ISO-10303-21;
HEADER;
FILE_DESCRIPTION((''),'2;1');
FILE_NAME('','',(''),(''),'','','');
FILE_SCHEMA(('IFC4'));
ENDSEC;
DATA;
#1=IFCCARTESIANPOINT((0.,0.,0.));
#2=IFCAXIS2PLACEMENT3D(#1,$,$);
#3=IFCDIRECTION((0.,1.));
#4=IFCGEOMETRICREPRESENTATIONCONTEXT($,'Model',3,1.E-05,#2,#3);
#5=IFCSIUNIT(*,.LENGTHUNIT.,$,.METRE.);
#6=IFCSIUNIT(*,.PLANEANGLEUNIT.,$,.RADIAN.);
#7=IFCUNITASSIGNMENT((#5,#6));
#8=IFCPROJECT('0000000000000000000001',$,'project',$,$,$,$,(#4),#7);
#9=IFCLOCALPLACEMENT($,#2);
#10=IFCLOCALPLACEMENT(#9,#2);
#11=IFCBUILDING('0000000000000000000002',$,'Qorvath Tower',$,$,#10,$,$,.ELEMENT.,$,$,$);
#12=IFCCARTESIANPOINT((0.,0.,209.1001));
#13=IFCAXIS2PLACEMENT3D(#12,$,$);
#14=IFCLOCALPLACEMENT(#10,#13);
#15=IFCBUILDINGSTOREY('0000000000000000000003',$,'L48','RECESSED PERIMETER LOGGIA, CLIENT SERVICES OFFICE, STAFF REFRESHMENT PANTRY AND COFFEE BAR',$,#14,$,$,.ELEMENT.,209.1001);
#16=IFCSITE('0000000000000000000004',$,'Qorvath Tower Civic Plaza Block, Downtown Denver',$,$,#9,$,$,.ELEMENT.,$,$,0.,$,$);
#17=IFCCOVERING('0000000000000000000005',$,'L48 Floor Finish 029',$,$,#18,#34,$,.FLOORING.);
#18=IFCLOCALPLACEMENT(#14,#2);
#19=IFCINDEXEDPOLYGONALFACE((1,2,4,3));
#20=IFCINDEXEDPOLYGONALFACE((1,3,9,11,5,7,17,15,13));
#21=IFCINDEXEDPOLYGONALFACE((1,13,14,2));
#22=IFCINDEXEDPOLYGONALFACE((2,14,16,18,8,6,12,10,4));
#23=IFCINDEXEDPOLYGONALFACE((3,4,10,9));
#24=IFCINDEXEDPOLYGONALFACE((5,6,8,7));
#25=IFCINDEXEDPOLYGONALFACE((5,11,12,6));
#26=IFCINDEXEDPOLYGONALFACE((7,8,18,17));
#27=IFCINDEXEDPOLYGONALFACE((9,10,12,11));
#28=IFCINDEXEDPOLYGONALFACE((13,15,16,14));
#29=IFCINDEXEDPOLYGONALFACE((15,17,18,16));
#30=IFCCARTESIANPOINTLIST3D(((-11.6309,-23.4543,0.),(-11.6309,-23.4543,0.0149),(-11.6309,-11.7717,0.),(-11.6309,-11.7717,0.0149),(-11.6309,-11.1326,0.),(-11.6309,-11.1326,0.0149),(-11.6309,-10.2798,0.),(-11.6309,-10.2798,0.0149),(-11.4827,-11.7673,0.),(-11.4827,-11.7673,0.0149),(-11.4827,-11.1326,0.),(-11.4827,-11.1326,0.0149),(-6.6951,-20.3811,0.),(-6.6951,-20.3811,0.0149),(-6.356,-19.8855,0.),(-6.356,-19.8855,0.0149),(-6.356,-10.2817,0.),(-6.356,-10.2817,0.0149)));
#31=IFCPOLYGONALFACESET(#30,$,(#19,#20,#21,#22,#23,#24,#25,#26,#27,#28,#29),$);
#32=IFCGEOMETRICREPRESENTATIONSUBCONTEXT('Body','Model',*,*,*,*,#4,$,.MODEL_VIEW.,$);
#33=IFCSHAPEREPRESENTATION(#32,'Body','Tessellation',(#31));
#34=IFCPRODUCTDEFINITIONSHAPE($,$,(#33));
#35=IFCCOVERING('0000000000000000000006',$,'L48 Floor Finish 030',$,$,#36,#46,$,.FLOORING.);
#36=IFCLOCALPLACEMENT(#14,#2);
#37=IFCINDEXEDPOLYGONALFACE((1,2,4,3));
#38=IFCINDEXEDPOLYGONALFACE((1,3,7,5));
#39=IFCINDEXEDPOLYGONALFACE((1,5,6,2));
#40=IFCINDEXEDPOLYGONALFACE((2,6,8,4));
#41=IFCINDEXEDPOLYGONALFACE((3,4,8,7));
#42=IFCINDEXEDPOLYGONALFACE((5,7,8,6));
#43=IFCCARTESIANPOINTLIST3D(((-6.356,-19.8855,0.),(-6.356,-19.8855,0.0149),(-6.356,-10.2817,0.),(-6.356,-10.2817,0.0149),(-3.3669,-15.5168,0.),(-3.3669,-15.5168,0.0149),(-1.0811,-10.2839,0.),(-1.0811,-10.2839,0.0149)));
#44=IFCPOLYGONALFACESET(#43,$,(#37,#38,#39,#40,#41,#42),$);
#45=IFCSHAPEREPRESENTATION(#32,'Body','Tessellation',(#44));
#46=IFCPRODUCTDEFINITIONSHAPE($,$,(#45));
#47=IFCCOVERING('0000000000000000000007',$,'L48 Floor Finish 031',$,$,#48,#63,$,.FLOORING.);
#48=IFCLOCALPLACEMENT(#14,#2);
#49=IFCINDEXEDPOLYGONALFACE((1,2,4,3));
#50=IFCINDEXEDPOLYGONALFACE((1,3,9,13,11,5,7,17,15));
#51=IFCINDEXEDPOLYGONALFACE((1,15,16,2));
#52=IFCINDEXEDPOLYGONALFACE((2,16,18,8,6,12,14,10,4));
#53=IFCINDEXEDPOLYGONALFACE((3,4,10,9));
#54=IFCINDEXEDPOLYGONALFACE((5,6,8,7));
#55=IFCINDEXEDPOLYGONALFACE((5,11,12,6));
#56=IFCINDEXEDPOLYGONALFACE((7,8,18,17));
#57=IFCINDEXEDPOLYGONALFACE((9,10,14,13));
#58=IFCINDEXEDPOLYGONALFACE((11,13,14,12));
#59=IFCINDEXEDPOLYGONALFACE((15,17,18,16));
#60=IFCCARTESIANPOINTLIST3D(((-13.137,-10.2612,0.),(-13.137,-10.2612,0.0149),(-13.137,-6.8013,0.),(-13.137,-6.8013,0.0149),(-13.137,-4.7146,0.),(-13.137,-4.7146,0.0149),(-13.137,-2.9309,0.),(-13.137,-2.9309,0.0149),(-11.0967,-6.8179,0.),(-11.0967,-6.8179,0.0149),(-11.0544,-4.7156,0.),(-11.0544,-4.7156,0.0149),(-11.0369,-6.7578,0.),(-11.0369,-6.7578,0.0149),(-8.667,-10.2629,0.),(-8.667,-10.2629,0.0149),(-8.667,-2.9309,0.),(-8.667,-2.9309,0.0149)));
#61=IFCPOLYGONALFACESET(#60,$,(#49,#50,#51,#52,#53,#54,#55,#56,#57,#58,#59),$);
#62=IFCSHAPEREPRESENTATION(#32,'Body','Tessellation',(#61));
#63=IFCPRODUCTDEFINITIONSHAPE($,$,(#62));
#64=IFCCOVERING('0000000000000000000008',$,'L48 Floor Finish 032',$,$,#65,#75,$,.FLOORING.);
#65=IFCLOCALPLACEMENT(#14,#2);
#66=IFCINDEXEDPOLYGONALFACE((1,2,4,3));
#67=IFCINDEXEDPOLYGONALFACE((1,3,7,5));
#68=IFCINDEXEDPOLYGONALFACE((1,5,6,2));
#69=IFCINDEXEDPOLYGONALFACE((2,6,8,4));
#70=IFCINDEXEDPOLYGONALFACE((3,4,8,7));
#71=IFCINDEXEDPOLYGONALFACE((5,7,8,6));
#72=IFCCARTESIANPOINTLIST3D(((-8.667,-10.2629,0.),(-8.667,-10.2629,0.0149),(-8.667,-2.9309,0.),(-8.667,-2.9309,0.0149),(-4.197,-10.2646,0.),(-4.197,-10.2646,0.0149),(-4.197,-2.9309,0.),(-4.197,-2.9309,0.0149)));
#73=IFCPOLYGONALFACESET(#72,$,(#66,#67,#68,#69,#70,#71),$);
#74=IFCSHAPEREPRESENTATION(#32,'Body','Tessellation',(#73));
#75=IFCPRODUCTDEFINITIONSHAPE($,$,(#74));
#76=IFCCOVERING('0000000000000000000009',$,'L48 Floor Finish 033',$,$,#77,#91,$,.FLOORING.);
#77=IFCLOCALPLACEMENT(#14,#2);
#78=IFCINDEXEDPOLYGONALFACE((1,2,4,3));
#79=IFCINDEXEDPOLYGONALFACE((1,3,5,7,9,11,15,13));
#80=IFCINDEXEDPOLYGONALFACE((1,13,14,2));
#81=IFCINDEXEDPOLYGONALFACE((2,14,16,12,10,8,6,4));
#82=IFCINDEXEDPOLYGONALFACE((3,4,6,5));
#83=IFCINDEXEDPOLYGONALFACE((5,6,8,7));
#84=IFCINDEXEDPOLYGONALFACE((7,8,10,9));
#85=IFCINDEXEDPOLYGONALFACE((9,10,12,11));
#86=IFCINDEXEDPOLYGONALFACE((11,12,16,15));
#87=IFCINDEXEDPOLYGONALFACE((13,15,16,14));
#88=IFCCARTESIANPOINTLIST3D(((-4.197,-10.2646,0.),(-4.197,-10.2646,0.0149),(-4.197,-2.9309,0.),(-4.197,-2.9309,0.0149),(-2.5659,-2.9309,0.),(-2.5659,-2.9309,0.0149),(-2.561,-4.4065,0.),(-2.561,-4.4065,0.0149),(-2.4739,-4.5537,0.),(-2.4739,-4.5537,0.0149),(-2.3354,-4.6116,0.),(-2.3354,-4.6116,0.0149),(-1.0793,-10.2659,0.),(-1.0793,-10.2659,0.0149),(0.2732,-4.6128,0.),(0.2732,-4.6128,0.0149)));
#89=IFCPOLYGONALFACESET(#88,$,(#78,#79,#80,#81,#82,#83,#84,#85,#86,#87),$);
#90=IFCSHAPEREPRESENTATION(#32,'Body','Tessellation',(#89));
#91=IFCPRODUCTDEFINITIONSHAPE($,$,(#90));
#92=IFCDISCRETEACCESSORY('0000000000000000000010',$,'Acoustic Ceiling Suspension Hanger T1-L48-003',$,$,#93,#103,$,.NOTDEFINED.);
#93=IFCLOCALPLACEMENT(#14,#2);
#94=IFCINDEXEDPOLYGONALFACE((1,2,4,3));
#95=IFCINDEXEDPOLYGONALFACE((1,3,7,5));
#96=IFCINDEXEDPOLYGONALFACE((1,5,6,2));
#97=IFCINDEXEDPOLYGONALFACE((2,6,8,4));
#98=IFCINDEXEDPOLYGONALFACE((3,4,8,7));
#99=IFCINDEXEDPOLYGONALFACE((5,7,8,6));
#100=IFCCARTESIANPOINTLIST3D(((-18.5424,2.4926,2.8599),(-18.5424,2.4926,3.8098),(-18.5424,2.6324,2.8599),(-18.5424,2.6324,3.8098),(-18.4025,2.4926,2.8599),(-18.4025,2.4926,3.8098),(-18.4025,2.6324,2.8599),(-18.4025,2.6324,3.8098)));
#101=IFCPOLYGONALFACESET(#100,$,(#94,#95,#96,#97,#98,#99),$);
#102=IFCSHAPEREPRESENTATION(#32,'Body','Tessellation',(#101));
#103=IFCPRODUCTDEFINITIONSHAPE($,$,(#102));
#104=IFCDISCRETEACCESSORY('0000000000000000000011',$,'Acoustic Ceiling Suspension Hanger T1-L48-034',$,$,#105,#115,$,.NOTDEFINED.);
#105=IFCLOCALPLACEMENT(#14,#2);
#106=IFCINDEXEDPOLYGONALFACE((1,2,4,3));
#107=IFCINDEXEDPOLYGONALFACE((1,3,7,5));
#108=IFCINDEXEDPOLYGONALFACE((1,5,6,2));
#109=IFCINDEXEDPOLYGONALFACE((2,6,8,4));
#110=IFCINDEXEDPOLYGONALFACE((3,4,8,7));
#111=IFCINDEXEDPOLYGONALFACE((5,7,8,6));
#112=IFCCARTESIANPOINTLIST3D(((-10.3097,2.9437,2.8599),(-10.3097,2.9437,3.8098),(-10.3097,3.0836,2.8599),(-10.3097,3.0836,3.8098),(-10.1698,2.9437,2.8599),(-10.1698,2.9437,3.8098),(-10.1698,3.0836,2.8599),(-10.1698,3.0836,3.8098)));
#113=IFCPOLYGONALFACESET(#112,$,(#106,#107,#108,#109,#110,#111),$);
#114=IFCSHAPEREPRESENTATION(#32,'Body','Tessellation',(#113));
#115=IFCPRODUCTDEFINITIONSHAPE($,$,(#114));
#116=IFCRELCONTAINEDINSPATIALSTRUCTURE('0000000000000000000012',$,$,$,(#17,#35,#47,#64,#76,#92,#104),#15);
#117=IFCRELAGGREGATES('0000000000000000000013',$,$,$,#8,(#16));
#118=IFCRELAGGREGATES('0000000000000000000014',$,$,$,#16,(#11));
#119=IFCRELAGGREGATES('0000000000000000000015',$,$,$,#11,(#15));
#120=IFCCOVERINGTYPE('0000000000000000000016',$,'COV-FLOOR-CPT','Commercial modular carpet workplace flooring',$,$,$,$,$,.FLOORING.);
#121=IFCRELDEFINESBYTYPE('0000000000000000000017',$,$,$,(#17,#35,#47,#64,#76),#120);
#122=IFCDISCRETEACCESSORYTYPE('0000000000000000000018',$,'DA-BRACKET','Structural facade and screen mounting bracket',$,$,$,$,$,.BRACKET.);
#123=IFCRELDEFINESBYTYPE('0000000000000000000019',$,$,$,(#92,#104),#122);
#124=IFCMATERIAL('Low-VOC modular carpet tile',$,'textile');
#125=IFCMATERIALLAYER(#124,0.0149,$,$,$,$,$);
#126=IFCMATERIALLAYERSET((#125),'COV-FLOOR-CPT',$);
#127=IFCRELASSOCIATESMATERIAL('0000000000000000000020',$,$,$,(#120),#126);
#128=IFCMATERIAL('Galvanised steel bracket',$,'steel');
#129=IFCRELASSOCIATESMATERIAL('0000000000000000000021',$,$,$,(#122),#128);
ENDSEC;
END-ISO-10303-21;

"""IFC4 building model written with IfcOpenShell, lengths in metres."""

from ifc_helpers import new_model, si_unit, direction, frame, origin, origin_2d, place, context, subcontext, project, spatial, polyline, rectangle, outline, extrude, material, layer, layer_set, type_object, element, save


model = new_model("IFC4")

# Units and contexts
model_context = context("Model", 3, precision=1e-05, world=origin(), true_north=direction((0.0, 1.0)))
body_context = subcontext(model_context, "Body", "Model", "MODEL_VIEW")
ifc_project = project(units=[si_unit("LENGTHUNIT", "METRE"), si_unit("PLANEANGLEUNIT", "RADIAN")], contexts=[model_context])

# Site, building, storey
site_placement = place(None, origin())
site = spatial("IfcSite", under=ifc_project, at=site_placement, Name="Qorvath Tower Civic Plaza Block, Downtown Denver", CompositionType="ELEMENT", RefElevation=0.0)
building_placement = place(site_placement, origin())
building = spatial("IfcBuilding", under=site, at=building_placement, Name="Qorvath Tower", CompositionType="ELEMENT")
storey_placement = place(building_placement, frame((0.0, 0.0, 209.1001)))
storey = spatial("IfcBuildingStorey", under=building, at=storey_placement, Name="L48", Description="RECESSED PERIMETER LOGGIA, CLIENT SERVICES OFFICE, STAFF REFRESHMENT PANTRY AND COFFEE BAR", CompositionType="ELEMENT", Elevation=209.1001)

# Coverings
ifc_material_1 = material(Name="Low-VOC modular carpet tile", Category="textile")
ifc_layer_1 = layer(ifc_material_1, 0.0149)
ifc_layer_set_1 = layer_set([ifc_layer_1], Name="COV-FLOOR-CPT")
covering_type_1 = type_object("IfcCoveringType", Name="COV-FLOOR-CPT", Description="Commercial modular carpet workplace flooring", PredefinedType="FLOORING", material=ifc_layer_set_1)
covering_1_placement = place(storey_placement, origin())
element("IfcCovering", 1, at=covering_1_placement, inside=storey, type_object=covering_type_1, Name="L48 Floor Finish 029", PredefinedType="FLOORING", context=body_context, shape_type="SweptSolid", body=[
    extrude(outline(polyline([(-11.6309, -10.2798), (-11.6309, -11.1326), (-11.4827, -11.1326), (-11.4827, -11.7673), (-11.6309, -11.7717), (-11.6309, -23.4543), (-6.6951, -20.3811), (-6.356, -19.8855), (-6.356, -10.2817), (-11.6309, -10.2798)])), origin(), (0.0, 0.0, 1.0), 0.0149),
])
covering_2_placement = place(storey_placement, origin())
element("IfcCovering", 2, at=covering_2_placement, inside=storey, type_object=covering_type_1, Name="L48 Floor Finish 030", PredefinedType="FLOORING", context=body_context, shape_type="SweptSolid", body=[
    extrude(outline(polyline([(-6.356, -10.2817), (-6.356, -19.8855), (-3.3669, -15.5168), (-1.0811, -10.2839), (-6.356, -10.2817)])), origin(), (0.0, 0.0, 1.0), 0.0149),
])
covering_3_placement = place(storey_placement, origin())
element("IfcCovering", 3, at=covering_3_placement, inside=storey, type_object=covering_type_1, Name="L48 Floor Finish 031", PredefinedType="FLOORING", context=body_context, shape_type="SweptSolid", body=[
    extrude(outline(polyline([(-8.667, -10.2629), (-8.667, -2.9309), (-13.137, -2.9309), (-13.137, -4.7146), (-11.0544, -4.7156), (-11.0369, -6.7578), (-11.0967, -6.8179), (-13.137, -6.8013), (-13.137, -10.2612), (-8.667, -10.2629)])), origin(), (0.0, 0.0, 1.0), 0.0149),
])
covering_4_placement = place(storey_placement, origin())
element("IfcCovering", 4, at=covering_4_placement, inside=storey, type_object=covering_type_1, Name="L48 Floor Finish 032", PredefinedType="FLOORING", context=body_context, shape_type="SweptSolid", body=[
    extrude(outline(polyline([(-4.197, -10.2646), (-4.197, -2.9309), (-8.667, -2.9309), (-8.667, -10.2629), (-4.197, -10.2646)])), origin(), (0.0, 0.0, 1.0), 0.0149),
])
covering_5_placement = place(storey_placement, origin())
element("IfcCovering", 5, at=covering_5_placement, inside=storey, type_object=covering_type_1, Name="L48 Floor Finish 033", PredefinedType="FLOORING", context=body_context, shape_type="SweptSolid", body=[
    extrude(outline(polyline([(-2.4739, -4.5537), (-2.561, -4.4065), (-2.5659, -2.9309), (-4.197, -2.9309), (-4.197, -10.2646), (-1.0793, -10.2659), (0.2732, -4.6128), (-2.3354, -4.6116), (-2.4739, -4.5537)])), origin(), (0.0, 0.0, 1.0), 0.0149),
])

# Discrete accessories
ifc_material_2 = material(Name="Galvanised steel bracket", Category="steel")
discrete_accessory_type = type_object("IfcDiscreteAccessoryType", Name="DA-BRACKET", Description="Structural facade and screen mounting bracket", PredefinedType="BRACKET", material=ifc_material_2)
for number, where, z_axis, x_axis, name in (
    (6, (-18.4724, 2.5625, 2.8599), (0.0, 0.0, 1.0), (1.0, 0.0, 0.0), "Acoustic Ceiling Suspension Hanger T1-L48-003"),
    (7, (-10.2397, 3.0137, 2.8599), (0.0, 0.0, 1.0), (1.0, 0.0, 0.0), "Acoustic Ceiling Suspension Hanger T1-L48-034"),
):
    element("IfcDiscreteAccessory", number, at=place(storey_placement, frame(where, z_axis=z_axis, x_axis=x_axis)), inside=storey, type_object=discrete_accessory_type, Name=name, PredefinedType="NOTDEFINED", context=body_context, shape_type="SweptSolid", body=[
        extrude(rectangle(XDim=0.1399, YDim=0.1399, at=origin_2d()), origin(), (0.0, 0.0, 1.0), 0.95),
    ])

save(model, "model.ifc")
